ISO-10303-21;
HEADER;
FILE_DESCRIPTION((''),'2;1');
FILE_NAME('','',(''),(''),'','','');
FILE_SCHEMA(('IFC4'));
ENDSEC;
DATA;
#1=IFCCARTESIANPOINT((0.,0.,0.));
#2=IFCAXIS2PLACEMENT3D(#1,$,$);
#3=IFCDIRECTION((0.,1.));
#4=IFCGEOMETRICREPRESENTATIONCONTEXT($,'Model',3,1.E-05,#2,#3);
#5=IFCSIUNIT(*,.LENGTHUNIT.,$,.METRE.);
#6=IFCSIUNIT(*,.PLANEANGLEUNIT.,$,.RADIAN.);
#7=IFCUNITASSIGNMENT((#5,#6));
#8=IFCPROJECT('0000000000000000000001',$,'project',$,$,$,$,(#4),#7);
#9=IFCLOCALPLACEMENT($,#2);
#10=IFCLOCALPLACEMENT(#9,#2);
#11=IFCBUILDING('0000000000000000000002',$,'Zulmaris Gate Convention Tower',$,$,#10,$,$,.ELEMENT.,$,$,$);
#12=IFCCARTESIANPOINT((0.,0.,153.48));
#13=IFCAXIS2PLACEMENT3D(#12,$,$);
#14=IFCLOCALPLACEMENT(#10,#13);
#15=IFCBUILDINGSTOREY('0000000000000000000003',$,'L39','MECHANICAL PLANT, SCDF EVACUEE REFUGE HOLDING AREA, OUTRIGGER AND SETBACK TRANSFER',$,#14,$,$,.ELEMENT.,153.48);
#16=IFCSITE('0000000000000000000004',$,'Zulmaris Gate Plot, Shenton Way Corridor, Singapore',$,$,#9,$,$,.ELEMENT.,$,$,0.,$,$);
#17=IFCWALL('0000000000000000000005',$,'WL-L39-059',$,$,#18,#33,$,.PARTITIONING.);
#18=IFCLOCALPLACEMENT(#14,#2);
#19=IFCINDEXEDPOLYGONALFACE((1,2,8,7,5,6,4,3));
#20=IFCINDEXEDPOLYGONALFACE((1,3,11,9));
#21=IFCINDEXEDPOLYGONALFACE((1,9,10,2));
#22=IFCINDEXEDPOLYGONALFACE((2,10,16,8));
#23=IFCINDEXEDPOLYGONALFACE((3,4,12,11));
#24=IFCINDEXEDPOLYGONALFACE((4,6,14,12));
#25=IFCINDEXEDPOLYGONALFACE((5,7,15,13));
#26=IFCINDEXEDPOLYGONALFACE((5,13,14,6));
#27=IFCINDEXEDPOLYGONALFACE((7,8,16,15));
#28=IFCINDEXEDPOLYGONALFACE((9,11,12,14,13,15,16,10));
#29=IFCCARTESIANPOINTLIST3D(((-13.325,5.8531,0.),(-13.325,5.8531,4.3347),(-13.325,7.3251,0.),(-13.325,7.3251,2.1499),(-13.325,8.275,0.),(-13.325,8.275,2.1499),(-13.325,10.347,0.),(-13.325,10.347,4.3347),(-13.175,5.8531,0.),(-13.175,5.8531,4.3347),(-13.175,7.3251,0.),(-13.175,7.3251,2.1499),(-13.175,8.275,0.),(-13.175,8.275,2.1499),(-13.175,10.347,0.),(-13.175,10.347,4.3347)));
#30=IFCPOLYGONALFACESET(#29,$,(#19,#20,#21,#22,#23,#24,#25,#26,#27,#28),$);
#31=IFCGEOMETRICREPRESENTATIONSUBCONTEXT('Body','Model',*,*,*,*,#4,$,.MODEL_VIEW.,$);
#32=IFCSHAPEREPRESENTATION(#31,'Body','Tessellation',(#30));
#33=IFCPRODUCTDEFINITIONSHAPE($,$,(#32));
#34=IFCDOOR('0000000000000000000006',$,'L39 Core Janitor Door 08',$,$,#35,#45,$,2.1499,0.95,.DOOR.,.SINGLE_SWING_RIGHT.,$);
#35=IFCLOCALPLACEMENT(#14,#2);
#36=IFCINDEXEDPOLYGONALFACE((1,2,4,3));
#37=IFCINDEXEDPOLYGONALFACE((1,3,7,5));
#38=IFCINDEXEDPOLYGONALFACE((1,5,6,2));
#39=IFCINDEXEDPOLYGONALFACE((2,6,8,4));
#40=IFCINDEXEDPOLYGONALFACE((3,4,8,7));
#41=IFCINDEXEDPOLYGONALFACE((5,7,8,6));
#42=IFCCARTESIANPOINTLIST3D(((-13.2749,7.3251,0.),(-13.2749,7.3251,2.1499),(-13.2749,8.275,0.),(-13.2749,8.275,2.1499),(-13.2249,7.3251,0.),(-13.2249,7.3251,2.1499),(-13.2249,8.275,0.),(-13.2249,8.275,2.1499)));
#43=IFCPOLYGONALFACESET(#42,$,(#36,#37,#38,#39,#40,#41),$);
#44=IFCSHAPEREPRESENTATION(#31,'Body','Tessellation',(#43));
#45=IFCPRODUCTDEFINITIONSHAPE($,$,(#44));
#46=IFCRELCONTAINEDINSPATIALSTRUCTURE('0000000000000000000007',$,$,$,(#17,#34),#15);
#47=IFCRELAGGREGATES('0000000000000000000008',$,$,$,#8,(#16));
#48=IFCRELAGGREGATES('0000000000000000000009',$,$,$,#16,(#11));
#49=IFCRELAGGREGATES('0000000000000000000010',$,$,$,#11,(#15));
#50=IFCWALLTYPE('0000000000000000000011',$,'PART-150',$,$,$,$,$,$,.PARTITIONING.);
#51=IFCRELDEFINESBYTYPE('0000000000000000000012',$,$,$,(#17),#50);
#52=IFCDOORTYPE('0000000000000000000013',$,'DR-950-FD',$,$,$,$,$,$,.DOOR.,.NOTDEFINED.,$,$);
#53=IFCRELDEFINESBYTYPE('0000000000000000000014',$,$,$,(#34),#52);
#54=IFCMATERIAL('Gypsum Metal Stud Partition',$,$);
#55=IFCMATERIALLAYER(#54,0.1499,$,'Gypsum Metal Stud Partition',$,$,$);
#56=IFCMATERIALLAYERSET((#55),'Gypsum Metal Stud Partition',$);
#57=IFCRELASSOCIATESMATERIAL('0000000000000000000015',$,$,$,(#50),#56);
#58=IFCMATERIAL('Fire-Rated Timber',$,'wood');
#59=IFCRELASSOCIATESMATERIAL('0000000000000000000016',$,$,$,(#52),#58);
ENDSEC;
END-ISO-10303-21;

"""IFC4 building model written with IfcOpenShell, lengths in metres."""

from ifc_helpers import new_model, si_unit, direction, frame, frame_2d, origin, place, context, subcontext, project, spatial, rectangle, extrude, material, layer, layer_set, type_object, element, fill, save


model = new_model("IFC4")

# Units and contexts
model_context = context("Model", 3, precision=1e-05, world=origin(), true_north=direction((0.0, 1.0)))
body_context = subcontext(model_context, "Body", "Model", "MODEL_VIEW")
ifc_project = project(units=[si_unit("LENGTHUNIT", "METRE"), si_unit("PLANEANGLEUNIT", "RADIAN")], contexts=[model_context])

# Site, building, storey
site_placement = place(None, origin())
site = spatial("IfcSite", under=ifc_project, at=site_placement, Name="Zulmaris Gate Plot, Shenton Way Corridor, Singapore", CompositionType="ELEMENT", RefElevation=0.0)
building_placement = place(site_placement, origin())
building = spatial("IfcBuilding", under=site, at=building_placement, Name="Zulmaris Gate Convention Tower", CompositionType="ELEMENT")
storey_placement = place(building_placement, frame((0.0, 0.0, 153.48)))
storey = spatial("IfcBuildingStorey", under=building, at=storey_placement, Name="L39", Description="MECHANICAL PLANT, SCDF EVACUEE REFUGE HOLDING AREA, OUTRIGGER AND SETBACK TRANSFER", CompositionType="ELEMENT", Elevation=153.48)

# Shared definitions
ifc_material_1 = material(Name="Gypsum Metal Stud Partition")
ifc_layer_1 = layer(ifc_material_1, 0.1499, Name="Gypsum Metal Stud Partition")
ifc_layer_set_1 = layer_set([ifc_layer_1], Name="Gypsum Metal Stud Partition")
wall_type_1 = type_object("IfcWallType", Name="PART-150", PredefinedType="PARTITIONING", material=ifc_layer_set_1)

# Wall, opening, door
wall_1_placement = place(storey_placement, frame((-13.25, 5.853, 0.0), z_axis=(0.0, 0.0, 1.0), x_axis=(0.0, 1.0, 0.0)))
wall_1 = element("IfcWall", 1, at=wall_1_placement, inside=storey, type_object=wall_type_1, Name="WL-L39-059", PredefinedType="PARTITIONING", context=body_context, shape_type="SweptSolid", body=[
    extrude(rectangle(XDim=4.4939, YDim=0.1499, at=frame_2d((2.2471, 0.0))), origin(), (0.0, 0.0, 1.0), 4.3347),
])
opening_1_placement = place(wall_1_placement, frame((1.4719, 0.0, 0.0)))
opening_1 = element("IfcOpeningElement", 2, at=opening_1_placement, cuts=wall_1, PredefinedType="OPENING", context=body_context, shape_type="SweptSolid", body=[
    extrude(rectangle(XDim=0.95, YDim=2.1499, at=frame_2d((0.4751, 1.075))), frame((0.0, 0.085, 0.0), z_axis=(0.0, -1.0, 0.0), x_axis=(1.0, 0.0, 0.0)), (0.0, 0.0, 1.0), 0.1699),
])
ifc_material_2 = material(Name="Fire-Rated Timber", Category="wood")
door_type_1 = type_object("IfcDoorType", Name="DR-950-FD", OperationType="NOTDEFINED", PredefinedType="DOOR", material=ifc_material_2)
door_1_placement = place(opening_1_placement, origin())
door_1 = element("IfcDoor", 3, at=door_1_placement, inside=storey, type_object=door_type_1, Name="L39 Core Janitor Door 08", OperationType="SINGLE_SWING_RIGHT", OverallHeight=2.1499, OverallWidth=0.95, PredefinedType="DOOR", context=body_context, shape_type="SweptSolid", body=[
    extrude(rectangle(XDim=0.95, YDim=2.1499, at=frame_2d((0.4751, 1.075))), frame((0.0, 0.0249, 0.0), z_axis=(0.0, -1.0, 0.0), x_axis=(1.0, 0.0, 0.0)), (0.0, 0.0, 1.0), 0.05),
])
fill(opening_1, door_1)

save(model, "model.ifc")
